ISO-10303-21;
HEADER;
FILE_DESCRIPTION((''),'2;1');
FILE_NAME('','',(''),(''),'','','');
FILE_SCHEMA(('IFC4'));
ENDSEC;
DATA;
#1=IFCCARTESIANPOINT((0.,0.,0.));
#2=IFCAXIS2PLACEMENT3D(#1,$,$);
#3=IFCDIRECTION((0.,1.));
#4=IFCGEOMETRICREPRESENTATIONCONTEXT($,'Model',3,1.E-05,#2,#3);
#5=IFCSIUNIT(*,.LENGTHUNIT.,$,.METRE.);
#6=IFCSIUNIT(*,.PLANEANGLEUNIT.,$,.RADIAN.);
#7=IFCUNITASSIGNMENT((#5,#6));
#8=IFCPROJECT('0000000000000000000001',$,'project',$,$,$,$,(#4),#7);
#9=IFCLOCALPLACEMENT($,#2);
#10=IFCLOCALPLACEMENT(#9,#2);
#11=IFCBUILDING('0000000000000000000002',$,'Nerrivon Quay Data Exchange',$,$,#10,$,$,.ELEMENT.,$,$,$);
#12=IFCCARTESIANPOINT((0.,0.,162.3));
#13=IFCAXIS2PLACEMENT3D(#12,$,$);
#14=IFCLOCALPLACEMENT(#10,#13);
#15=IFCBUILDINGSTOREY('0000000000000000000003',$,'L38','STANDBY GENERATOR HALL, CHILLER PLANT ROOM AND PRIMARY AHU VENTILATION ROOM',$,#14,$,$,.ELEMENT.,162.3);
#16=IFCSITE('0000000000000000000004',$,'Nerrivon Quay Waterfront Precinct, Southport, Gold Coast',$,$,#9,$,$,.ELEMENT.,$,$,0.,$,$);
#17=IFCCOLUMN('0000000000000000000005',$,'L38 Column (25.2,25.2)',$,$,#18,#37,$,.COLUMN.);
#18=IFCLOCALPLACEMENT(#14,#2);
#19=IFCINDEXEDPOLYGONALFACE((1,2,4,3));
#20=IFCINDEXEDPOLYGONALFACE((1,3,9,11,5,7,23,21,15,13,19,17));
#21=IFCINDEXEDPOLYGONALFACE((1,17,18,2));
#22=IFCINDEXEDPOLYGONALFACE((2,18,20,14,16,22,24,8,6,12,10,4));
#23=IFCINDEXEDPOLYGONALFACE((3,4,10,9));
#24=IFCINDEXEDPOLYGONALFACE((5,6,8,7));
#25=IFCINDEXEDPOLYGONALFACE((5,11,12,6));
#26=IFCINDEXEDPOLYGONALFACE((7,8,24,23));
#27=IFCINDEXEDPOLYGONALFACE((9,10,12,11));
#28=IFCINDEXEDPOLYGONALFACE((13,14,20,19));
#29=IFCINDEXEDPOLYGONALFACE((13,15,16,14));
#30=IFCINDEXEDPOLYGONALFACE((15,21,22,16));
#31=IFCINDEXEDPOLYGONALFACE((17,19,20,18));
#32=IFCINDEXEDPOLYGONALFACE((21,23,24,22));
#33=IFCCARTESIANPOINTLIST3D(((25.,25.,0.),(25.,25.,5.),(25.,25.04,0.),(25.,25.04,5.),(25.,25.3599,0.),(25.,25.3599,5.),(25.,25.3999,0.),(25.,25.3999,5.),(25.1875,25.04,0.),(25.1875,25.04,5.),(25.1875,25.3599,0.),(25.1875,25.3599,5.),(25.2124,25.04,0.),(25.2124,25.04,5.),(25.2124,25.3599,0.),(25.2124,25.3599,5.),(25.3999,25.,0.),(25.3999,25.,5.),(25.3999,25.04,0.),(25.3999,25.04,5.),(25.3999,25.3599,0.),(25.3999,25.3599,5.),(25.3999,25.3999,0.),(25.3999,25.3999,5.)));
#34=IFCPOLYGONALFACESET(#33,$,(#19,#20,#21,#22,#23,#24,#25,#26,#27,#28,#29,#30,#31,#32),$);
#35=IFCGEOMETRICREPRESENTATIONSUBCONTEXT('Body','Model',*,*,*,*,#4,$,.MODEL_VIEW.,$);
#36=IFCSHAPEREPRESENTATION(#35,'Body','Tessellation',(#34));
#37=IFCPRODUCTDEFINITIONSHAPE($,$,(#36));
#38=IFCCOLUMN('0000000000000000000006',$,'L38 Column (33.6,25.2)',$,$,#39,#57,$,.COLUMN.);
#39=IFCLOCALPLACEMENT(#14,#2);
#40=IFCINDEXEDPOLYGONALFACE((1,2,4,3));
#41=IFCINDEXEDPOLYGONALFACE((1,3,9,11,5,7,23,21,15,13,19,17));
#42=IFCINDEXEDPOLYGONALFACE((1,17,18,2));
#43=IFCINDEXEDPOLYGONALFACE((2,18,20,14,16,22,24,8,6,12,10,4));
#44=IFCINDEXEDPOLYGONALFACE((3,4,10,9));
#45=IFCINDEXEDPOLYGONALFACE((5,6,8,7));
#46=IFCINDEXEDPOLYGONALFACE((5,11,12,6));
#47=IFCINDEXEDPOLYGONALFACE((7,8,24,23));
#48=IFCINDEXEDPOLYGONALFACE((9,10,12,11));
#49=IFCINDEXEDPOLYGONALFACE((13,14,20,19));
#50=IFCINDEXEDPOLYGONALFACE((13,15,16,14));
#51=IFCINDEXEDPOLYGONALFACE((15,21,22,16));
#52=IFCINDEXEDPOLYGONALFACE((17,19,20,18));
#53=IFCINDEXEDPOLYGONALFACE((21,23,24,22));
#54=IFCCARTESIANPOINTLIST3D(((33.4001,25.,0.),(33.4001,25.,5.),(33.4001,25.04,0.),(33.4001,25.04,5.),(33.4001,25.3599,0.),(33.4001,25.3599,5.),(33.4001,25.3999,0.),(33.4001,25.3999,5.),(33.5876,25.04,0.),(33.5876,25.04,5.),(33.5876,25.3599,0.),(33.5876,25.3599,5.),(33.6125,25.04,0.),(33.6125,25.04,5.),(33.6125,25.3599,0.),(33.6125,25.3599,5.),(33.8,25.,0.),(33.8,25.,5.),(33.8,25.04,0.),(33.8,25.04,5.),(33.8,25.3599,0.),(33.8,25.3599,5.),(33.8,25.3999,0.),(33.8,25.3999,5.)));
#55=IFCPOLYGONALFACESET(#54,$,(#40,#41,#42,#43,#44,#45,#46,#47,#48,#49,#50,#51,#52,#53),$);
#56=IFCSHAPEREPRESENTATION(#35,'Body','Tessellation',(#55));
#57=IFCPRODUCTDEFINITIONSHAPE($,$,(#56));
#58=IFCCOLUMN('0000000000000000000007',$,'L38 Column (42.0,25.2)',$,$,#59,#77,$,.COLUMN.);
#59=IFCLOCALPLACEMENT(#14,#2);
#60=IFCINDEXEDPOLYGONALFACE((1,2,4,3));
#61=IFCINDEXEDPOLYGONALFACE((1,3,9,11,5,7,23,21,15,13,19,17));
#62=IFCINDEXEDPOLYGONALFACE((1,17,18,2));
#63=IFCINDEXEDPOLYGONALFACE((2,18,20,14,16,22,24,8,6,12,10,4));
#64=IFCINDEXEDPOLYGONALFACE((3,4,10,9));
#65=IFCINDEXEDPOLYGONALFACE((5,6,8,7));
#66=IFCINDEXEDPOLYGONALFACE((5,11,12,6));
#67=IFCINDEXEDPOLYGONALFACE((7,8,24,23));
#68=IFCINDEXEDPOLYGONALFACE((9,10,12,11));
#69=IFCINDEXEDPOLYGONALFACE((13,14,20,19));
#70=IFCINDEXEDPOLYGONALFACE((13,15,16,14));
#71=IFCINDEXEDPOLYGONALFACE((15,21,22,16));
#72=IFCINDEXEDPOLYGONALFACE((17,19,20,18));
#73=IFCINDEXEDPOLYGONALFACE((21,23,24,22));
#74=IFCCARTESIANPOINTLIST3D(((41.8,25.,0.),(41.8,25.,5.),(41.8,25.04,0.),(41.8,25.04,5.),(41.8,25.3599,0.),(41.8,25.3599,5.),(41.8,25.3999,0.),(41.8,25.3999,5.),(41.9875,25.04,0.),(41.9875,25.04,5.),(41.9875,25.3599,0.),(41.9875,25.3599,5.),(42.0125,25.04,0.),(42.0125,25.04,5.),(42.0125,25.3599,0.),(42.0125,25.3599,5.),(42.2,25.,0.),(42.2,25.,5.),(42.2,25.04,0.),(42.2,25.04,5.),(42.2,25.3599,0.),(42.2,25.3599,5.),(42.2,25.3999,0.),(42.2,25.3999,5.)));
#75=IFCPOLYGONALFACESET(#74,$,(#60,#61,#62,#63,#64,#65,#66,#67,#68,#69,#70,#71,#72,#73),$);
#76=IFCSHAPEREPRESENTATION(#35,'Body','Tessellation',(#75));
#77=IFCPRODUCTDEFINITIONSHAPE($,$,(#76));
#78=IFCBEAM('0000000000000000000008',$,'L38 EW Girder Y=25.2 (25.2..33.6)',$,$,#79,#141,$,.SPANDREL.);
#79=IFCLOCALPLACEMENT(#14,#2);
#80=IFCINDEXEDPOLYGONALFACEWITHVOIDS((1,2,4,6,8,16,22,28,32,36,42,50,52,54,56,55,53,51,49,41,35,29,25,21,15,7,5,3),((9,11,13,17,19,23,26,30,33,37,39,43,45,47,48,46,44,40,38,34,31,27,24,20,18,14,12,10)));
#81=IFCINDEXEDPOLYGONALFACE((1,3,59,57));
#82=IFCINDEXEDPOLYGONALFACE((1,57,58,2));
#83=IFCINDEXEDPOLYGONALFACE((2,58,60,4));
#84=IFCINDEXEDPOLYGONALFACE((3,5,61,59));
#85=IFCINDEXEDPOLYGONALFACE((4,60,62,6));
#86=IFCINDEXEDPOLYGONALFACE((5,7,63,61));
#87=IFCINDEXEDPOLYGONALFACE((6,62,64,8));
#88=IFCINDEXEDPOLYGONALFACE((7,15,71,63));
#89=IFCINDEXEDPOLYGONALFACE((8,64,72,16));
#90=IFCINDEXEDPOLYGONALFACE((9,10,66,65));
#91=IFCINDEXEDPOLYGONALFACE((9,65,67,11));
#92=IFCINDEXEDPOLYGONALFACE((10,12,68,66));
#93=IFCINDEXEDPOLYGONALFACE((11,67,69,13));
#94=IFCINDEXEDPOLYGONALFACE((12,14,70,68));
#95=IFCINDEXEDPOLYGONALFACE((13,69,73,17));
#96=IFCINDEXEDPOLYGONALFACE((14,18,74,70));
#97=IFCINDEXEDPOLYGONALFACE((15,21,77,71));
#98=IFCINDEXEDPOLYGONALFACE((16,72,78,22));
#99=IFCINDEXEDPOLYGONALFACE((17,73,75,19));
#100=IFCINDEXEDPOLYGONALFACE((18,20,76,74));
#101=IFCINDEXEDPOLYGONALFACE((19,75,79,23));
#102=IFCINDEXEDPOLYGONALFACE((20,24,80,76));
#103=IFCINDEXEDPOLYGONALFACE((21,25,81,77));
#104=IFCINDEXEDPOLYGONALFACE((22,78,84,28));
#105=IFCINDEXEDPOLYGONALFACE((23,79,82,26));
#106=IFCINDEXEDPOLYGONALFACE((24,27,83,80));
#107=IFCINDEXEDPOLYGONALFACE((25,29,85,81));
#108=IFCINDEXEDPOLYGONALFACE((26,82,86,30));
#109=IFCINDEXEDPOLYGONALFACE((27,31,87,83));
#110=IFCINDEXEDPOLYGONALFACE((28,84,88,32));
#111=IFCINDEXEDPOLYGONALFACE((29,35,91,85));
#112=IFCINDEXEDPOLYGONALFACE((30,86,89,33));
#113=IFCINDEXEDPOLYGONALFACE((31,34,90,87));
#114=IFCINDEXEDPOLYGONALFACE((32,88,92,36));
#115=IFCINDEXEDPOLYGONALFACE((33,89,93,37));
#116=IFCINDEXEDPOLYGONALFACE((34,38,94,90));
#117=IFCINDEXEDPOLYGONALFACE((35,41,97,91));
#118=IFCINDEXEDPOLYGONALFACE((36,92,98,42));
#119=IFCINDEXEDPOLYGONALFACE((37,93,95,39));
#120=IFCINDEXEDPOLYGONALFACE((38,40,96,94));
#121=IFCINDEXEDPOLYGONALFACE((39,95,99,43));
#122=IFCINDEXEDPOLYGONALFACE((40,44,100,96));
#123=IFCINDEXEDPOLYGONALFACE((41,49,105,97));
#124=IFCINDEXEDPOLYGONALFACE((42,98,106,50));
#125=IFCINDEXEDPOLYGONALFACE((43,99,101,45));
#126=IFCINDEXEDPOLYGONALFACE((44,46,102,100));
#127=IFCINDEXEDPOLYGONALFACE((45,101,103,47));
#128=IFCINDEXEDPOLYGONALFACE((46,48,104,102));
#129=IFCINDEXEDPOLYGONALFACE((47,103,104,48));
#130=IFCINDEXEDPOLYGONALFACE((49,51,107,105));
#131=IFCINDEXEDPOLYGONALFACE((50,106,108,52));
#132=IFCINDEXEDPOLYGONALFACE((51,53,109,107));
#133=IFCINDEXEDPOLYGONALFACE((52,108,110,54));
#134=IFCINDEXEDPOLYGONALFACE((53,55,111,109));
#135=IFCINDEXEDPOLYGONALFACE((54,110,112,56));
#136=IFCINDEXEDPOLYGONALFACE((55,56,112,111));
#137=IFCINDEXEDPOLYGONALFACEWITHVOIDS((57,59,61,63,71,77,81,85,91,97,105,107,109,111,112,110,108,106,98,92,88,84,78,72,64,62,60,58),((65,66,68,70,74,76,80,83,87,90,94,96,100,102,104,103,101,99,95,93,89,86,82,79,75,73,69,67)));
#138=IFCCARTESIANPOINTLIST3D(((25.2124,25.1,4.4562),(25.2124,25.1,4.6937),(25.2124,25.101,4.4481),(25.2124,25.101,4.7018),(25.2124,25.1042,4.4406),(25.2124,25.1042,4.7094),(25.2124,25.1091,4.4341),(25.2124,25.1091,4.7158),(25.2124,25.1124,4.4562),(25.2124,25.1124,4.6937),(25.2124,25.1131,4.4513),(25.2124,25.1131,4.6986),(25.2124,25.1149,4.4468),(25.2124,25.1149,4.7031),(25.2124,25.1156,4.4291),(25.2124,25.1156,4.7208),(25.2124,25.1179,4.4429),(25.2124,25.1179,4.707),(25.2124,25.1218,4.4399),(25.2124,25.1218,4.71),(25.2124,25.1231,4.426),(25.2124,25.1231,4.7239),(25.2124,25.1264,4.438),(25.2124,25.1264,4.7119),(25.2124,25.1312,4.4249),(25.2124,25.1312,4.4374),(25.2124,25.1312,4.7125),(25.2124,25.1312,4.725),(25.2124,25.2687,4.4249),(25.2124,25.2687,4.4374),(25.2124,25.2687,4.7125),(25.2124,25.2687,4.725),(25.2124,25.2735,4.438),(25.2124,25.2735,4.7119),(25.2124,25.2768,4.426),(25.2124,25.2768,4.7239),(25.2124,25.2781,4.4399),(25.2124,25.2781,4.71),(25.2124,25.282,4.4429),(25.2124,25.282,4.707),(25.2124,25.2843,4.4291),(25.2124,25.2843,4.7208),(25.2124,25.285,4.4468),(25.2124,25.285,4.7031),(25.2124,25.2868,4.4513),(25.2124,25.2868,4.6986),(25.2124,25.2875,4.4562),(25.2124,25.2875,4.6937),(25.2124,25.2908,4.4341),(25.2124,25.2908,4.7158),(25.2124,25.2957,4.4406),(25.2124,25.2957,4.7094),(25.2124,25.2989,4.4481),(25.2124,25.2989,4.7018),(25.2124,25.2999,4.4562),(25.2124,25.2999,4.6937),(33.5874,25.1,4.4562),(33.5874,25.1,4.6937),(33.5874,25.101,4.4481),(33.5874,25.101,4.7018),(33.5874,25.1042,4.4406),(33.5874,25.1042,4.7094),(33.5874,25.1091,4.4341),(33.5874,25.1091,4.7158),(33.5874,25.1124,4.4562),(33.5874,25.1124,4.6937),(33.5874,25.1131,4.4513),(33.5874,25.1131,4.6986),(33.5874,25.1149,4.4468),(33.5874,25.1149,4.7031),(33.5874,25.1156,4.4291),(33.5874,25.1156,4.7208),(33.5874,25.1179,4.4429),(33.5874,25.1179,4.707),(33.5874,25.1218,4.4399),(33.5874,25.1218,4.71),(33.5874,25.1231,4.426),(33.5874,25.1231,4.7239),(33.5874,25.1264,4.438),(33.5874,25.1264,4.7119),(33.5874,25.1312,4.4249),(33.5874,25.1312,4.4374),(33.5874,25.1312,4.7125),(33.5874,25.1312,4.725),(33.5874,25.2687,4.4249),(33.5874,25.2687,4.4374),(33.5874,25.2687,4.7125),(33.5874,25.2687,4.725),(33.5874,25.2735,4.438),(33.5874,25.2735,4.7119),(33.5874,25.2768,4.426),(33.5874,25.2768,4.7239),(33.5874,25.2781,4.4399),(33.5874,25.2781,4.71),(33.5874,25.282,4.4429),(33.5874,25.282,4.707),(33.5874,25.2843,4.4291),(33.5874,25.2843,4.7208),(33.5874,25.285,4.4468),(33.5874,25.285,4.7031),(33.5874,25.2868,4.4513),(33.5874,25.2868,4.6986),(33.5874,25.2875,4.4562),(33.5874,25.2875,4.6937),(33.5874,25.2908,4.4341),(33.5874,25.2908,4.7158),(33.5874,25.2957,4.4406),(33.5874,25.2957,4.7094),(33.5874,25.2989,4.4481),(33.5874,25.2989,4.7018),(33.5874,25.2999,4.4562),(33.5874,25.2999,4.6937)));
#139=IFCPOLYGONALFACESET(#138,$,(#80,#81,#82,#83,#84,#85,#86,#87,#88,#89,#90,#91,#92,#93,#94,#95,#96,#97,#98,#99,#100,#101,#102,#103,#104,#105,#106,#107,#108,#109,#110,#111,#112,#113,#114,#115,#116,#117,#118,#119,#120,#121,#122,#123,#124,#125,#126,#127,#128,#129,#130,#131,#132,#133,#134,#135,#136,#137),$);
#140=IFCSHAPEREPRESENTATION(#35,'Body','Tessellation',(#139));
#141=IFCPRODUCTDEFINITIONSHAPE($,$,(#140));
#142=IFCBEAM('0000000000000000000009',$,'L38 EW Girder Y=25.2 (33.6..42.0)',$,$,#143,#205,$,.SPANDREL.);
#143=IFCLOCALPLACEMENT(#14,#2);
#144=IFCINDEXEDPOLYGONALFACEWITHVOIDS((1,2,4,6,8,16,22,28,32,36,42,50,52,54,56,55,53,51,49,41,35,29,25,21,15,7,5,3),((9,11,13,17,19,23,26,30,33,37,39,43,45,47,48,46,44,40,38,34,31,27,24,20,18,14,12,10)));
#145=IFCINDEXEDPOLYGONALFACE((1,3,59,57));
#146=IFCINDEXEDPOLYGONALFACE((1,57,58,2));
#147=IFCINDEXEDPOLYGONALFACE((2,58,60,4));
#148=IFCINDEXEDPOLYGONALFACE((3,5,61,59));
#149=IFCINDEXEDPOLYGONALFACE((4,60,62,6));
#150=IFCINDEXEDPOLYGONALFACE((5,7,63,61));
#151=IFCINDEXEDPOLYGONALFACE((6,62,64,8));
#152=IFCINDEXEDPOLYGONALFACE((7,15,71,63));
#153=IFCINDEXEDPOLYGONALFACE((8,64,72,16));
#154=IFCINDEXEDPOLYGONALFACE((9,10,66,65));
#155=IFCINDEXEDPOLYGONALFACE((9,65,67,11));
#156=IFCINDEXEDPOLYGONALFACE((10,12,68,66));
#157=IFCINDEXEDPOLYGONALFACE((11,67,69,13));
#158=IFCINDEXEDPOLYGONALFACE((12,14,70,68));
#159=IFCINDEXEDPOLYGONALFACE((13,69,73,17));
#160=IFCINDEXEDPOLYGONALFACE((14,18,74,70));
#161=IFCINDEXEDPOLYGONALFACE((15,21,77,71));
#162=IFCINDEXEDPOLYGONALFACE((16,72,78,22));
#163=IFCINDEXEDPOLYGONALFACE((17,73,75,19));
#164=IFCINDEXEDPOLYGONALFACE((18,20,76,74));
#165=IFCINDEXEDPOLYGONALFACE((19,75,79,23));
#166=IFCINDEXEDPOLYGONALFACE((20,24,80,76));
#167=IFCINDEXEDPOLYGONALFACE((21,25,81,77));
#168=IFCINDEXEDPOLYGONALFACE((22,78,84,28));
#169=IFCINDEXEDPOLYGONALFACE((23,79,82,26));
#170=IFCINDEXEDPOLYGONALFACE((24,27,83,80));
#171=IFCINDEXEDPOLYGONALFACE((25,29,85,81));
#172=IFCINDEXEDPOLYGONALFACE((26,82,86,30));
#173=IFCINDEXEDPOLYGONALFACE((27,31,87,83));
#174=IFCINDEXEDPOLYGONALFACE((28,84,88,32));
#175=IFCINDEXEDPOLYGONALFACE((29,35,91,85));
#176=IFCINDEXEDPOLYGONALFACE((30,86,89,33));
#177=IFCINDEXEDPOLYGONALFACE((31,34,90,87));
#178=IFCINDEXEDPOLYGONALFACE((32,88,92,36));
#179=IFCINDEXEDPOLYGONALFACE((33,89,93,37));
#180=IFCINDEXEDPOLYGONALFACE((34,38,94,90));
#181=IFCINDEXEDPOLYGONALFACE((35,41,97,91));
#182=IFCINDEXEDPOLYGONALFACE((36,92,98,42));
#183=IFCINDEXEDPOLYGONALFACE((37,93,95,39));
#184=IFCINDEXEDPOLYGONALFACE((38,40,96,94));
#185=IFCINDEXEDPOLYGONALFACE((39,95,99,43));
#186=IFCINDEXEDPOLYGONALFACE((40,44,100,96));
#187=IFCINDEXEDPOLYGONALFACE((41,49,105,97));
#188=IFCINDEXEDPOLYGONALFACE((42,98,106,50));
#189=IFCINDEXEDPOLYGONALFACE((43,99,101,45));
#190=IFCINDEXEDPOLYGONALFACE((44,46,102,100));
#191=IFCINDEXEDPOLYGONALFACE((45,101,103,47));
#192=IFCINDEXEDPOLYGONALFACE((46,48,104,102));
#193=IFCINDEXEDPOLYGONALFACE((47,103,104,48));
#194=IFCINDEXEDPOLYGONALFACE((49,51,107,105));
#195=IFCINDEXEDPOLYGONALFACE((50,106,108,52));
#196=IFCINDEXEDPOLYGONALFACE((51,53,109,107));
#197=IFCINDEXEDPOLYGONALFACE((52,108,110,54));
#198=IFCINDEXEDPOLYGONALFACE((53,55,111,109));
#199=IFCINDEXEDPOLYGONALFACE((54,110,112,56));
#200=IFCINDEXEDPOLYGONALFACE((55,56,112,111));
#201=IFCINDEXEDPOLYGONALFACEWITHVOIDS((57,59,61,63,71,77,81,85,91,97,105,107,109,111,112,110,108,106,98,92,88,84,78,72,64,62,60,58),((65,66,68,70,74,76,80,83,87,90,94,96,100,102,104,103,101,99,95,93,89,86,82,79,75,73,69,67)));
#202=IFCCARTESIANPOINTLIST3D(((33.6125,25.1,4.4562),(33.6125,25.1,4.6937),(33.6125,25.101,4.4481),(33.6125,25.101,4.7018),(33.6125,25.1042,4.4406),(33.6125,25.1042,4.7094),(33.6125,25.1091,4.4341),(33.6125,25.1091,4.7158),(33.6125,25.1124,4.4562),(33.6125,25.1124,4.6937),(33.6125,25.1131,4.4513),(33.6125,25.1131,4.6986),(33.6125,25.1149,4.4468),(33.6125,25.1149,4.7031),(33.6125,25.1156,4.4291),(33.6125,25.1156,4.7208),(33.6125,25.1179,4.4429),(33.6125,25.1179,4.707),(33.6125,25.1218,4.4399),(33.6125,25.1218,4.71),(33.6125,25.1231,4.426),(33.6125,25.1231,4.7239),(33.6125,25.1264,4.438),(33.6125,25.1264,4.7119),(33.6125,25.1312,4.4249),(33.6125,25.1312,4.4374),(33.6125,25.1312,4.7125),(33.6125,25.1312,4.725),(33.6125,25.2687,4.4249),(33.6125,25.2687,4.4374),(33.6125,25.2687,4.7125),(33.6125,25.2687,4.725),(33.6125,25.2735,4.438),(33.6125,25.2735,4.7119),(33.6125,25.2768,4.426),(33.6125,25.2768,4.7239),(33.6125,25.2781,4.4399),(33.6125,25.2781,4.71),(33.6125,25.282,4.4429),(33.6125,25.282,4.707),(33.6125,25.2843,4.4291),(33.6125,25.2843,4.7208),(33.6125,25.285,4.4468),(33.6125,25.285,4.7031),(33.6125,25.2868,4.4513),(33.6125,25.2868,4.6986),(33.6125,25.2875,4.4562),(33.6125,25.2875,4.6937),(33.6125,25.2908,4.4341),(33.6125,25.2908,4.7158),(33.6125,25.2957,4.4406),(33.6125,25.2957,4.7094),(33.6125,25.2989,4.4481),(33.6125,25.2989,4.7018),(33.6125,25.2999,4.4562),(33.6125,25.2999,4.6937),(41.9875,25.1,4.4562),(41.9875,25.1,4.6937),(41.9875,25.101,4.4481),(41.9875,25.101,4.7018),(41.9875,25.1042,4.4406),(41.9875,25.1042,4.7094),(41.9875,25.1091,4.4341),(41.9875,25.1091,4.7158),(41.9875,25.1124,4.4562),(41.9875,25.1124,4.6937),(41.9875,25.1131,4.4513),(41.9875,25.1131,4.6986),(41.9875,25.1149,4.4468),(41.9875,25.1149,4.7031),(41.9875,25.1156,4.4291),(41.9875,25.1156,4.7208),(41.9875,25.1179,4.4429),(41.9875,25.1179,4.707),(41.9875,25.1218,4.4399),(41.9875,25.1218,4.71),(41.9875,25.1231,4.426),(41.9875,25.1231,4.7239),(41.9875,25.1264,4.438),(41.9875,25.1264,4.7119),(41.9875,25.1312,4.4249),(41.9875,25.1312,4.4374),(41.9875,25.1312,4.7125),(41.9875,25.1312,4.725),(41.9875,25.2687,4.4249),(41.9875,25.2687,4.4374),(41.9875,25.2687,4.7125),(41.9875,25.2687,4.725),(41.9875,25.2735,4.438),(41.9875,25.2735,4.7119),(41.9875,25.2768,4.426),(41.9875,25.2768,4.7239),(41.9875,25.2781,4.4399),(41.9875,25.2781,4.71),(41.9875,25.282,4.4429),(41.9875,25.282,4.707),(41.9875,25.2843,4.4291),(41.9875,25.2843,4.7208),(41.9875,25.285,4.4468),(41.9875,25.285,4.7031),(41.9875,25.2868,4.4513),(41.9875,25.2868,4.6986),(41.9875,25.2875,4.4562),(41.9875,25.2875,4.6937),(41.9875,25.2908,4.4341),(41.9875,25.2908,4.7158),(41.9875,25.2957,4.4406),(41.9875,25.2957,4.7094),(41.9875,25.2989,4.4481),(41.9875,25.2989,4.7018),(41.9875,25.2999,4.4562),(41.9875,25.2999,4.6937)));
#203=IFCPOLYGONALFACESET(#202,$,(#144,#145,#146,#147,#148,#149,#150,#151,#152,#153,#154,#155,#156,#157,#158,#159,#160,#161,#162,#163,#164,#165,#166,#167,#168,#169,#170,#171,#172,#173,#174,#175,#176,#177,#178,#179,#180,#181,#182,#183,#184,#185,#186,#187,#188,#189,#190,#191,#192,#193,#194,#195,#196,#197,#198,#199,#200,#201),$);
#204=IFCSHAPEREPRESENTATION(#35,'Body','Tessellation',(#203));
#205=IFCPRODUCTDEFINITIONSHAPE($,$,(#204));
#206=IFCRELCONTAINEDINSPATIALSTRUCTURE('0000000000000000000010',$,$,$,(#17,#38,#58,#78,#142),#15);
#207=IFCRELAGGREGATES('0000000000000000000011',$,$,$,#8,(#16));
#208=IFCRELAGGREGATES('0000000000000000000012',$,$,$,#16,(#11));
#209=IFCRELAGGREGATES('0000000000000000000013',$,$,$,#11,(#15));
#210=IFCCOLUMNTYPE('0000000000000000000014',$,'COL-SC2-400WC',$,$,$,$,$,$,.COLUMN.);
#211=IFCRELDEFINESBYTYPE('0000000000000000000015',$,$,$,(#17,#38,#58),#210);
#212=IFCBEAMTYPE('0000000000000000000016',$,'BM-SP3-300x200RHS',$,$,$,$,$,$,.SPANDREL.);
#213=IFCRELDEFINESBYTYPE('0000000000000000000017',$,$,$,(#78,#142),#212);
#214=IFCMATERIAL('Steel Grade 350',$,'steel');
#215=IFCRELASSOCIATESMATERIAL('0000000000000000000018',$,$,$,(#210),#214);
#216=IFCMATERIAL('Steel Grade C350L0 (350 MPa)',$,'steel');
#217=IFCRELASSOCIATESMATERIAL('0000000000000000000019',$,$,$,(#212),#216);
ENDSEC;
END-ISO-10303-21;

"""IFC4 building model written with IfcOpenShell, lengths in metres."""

from ifc_helpers import new_model, si_unit, direction, frame, origin, origin_2d, place, context, subcontext, project, spatial, hollow_rectangle, i_section, extrude, material, material_profile, profile_set, type_object, element, save


model = new_model("IFC4")

# Units and contexts
model_context = context("Model", 3, precision=1e-05, world=origin(), true_north=direction((0.0, 1.0)))
body_context = subcontext(model_context, "Body", "Model", "MODEL_VIEW")
ifc_project = project(units=[si_unit("LENGTHUNIT", "METRE"), si_unit("PLANEANGLEUNIT", "RADIAN")], contexts=[model_context])

# Site, building, storey
site_placement = place(None, origin())
site = spatial("IfcSite", under=ifc_project, at=site_placement, Name="Nerrivon Quay Waterfront Precinct, Southport, Gold Coast", CompositionType="ELEMENT", RefElevation=0.0)
building_placement = place(site_placement, origin())
building = spatial("IfcBuilding", under=site, at=building_placement, Name="Nerrivon Quay Data Exchange", CompositionType="ELEMENT")
storey_placement = place(building_placement, frame((0.0, 0.0, 162.3)))
storey = spatial("IfcBuildingStorey", under=building, at=storey_placement, Name="L38", Description="STANDBY GENERATOR HALL, CHILLER PLANT ROOM AND PRIMARY AHU VENTILATION ROOM", CompositionType="ELEMENT", Elevation=162.3)

# Columns
ifc_material_1 = material(Name="Steel Grade 350", Category="steel")
ifc_material_profile_1 = material_profile(ifc_material_1, i_section(OverallWidth=0.3999, OverallDepth=0.3999, WebThickness=0.0249, FlangeThickness=0.04, at=origin_2d()), Name="400WC328")
ifc_profile_set_1 = profile_set([ifc_material_profile_1], Name="Steel Grade 350")
column_type = type_object("IfcColumnType", Name="COL-SC2-400WC", PredefinedType="COLUMN", material=ifc_profile_set_1)
for number, where, z_axis, x_axis, name in (
    (1, (25.2, 25.2, 0.0), (0.0, 0.0, 1.0), (1.0, 0.0, 0.0), "L38 Column (25.2,25.2)"),
    (2, (33.6001, 25.2, 0.0), (0.0, 0.0, 1.0), (1.0, 0.0, 0.0), "L38 Column (33.6,25.2)"),
    (3, (42.0, 25.2, 0.0), (0.0, 0.0, 1.0), (1.0, 0.0, 0.0), "L38 Column (42.0,25.2)"),
):
    element("IfcColumn", number, at=place(storey_placement, frame(where, z_axis=z_axis, x_axis=x_axis)), inside=storey, type_object=column_type, Name=name, PredefinedType="COLUMN", context=body_context, shape_type="SweptSolid", body=[
        extrude(i_section(OverallWidth=0.3999, OverallDepth=0.3999, WebThickness=0.0249, FlangeThickness=0.04, at=origin_2d()), origin(), (0.0, 0.0, 1.0), 5.0),
    ])

# Beams
ifc_material_2 = material(Name="Steel Grade C350L0 (350 MPa)", Category="steel")
ifc_material_profile_2 = material_profile(ifc_material_2, hollow_rectangle(XDim=0.2, YDim=0.3, WallThickness=0.0125, InnerFilletRadius=0.0188, OuterFilletRadius=0.0312, at=origin_2d()), Name="300x200x12.5RHS")
ifc_profile_set_2 = profile_set([ifc_material_profile_2], Name="Steel Grade C350L0 (350 MPa)")
beam_type_1 = type_object("IfcBeamType", Name="BM-SP3-300x200RHS", PredefinedType="SPANDREL", material=ifc_profile_set_2)
for number, where, z_axis, x_axis, name in (
    (4, (25.2124, 25.2, 4.575), (1.0, 0.0, 0.0), (0.0, 1.0, 0.0), "L38 EW Girder Y=25.2 (25.2..33.6)"),
    (5, (33.6125, 25.2, 4.575), (1.0, 0.0, 0.0), (0.0, 1.0, 0.0), "L38 EW Girder Y=25.2 (33.6..42.0)"),
):
    element("IfcBeam", number, at=place(storey_placement, frame(where, z_axis=z_axis, x_axis=x_axis)), inside=storey, type_object=beam_type_1, Name=name, PredefinedType="SPANDREL", context=body_context, shape_type="SweptSolid", body=[
        extrude(hollow_rectangle(XDim=0.2, YDim=0.3, WallThickness=0.0125, InnerFilletRadius=0.0188, OuterFilletRadius=0.0312, at=origin_2d()), origin(), (0.0, 0.0, 1.0), 8.375),
    ])

save(model, "model.ifc")
